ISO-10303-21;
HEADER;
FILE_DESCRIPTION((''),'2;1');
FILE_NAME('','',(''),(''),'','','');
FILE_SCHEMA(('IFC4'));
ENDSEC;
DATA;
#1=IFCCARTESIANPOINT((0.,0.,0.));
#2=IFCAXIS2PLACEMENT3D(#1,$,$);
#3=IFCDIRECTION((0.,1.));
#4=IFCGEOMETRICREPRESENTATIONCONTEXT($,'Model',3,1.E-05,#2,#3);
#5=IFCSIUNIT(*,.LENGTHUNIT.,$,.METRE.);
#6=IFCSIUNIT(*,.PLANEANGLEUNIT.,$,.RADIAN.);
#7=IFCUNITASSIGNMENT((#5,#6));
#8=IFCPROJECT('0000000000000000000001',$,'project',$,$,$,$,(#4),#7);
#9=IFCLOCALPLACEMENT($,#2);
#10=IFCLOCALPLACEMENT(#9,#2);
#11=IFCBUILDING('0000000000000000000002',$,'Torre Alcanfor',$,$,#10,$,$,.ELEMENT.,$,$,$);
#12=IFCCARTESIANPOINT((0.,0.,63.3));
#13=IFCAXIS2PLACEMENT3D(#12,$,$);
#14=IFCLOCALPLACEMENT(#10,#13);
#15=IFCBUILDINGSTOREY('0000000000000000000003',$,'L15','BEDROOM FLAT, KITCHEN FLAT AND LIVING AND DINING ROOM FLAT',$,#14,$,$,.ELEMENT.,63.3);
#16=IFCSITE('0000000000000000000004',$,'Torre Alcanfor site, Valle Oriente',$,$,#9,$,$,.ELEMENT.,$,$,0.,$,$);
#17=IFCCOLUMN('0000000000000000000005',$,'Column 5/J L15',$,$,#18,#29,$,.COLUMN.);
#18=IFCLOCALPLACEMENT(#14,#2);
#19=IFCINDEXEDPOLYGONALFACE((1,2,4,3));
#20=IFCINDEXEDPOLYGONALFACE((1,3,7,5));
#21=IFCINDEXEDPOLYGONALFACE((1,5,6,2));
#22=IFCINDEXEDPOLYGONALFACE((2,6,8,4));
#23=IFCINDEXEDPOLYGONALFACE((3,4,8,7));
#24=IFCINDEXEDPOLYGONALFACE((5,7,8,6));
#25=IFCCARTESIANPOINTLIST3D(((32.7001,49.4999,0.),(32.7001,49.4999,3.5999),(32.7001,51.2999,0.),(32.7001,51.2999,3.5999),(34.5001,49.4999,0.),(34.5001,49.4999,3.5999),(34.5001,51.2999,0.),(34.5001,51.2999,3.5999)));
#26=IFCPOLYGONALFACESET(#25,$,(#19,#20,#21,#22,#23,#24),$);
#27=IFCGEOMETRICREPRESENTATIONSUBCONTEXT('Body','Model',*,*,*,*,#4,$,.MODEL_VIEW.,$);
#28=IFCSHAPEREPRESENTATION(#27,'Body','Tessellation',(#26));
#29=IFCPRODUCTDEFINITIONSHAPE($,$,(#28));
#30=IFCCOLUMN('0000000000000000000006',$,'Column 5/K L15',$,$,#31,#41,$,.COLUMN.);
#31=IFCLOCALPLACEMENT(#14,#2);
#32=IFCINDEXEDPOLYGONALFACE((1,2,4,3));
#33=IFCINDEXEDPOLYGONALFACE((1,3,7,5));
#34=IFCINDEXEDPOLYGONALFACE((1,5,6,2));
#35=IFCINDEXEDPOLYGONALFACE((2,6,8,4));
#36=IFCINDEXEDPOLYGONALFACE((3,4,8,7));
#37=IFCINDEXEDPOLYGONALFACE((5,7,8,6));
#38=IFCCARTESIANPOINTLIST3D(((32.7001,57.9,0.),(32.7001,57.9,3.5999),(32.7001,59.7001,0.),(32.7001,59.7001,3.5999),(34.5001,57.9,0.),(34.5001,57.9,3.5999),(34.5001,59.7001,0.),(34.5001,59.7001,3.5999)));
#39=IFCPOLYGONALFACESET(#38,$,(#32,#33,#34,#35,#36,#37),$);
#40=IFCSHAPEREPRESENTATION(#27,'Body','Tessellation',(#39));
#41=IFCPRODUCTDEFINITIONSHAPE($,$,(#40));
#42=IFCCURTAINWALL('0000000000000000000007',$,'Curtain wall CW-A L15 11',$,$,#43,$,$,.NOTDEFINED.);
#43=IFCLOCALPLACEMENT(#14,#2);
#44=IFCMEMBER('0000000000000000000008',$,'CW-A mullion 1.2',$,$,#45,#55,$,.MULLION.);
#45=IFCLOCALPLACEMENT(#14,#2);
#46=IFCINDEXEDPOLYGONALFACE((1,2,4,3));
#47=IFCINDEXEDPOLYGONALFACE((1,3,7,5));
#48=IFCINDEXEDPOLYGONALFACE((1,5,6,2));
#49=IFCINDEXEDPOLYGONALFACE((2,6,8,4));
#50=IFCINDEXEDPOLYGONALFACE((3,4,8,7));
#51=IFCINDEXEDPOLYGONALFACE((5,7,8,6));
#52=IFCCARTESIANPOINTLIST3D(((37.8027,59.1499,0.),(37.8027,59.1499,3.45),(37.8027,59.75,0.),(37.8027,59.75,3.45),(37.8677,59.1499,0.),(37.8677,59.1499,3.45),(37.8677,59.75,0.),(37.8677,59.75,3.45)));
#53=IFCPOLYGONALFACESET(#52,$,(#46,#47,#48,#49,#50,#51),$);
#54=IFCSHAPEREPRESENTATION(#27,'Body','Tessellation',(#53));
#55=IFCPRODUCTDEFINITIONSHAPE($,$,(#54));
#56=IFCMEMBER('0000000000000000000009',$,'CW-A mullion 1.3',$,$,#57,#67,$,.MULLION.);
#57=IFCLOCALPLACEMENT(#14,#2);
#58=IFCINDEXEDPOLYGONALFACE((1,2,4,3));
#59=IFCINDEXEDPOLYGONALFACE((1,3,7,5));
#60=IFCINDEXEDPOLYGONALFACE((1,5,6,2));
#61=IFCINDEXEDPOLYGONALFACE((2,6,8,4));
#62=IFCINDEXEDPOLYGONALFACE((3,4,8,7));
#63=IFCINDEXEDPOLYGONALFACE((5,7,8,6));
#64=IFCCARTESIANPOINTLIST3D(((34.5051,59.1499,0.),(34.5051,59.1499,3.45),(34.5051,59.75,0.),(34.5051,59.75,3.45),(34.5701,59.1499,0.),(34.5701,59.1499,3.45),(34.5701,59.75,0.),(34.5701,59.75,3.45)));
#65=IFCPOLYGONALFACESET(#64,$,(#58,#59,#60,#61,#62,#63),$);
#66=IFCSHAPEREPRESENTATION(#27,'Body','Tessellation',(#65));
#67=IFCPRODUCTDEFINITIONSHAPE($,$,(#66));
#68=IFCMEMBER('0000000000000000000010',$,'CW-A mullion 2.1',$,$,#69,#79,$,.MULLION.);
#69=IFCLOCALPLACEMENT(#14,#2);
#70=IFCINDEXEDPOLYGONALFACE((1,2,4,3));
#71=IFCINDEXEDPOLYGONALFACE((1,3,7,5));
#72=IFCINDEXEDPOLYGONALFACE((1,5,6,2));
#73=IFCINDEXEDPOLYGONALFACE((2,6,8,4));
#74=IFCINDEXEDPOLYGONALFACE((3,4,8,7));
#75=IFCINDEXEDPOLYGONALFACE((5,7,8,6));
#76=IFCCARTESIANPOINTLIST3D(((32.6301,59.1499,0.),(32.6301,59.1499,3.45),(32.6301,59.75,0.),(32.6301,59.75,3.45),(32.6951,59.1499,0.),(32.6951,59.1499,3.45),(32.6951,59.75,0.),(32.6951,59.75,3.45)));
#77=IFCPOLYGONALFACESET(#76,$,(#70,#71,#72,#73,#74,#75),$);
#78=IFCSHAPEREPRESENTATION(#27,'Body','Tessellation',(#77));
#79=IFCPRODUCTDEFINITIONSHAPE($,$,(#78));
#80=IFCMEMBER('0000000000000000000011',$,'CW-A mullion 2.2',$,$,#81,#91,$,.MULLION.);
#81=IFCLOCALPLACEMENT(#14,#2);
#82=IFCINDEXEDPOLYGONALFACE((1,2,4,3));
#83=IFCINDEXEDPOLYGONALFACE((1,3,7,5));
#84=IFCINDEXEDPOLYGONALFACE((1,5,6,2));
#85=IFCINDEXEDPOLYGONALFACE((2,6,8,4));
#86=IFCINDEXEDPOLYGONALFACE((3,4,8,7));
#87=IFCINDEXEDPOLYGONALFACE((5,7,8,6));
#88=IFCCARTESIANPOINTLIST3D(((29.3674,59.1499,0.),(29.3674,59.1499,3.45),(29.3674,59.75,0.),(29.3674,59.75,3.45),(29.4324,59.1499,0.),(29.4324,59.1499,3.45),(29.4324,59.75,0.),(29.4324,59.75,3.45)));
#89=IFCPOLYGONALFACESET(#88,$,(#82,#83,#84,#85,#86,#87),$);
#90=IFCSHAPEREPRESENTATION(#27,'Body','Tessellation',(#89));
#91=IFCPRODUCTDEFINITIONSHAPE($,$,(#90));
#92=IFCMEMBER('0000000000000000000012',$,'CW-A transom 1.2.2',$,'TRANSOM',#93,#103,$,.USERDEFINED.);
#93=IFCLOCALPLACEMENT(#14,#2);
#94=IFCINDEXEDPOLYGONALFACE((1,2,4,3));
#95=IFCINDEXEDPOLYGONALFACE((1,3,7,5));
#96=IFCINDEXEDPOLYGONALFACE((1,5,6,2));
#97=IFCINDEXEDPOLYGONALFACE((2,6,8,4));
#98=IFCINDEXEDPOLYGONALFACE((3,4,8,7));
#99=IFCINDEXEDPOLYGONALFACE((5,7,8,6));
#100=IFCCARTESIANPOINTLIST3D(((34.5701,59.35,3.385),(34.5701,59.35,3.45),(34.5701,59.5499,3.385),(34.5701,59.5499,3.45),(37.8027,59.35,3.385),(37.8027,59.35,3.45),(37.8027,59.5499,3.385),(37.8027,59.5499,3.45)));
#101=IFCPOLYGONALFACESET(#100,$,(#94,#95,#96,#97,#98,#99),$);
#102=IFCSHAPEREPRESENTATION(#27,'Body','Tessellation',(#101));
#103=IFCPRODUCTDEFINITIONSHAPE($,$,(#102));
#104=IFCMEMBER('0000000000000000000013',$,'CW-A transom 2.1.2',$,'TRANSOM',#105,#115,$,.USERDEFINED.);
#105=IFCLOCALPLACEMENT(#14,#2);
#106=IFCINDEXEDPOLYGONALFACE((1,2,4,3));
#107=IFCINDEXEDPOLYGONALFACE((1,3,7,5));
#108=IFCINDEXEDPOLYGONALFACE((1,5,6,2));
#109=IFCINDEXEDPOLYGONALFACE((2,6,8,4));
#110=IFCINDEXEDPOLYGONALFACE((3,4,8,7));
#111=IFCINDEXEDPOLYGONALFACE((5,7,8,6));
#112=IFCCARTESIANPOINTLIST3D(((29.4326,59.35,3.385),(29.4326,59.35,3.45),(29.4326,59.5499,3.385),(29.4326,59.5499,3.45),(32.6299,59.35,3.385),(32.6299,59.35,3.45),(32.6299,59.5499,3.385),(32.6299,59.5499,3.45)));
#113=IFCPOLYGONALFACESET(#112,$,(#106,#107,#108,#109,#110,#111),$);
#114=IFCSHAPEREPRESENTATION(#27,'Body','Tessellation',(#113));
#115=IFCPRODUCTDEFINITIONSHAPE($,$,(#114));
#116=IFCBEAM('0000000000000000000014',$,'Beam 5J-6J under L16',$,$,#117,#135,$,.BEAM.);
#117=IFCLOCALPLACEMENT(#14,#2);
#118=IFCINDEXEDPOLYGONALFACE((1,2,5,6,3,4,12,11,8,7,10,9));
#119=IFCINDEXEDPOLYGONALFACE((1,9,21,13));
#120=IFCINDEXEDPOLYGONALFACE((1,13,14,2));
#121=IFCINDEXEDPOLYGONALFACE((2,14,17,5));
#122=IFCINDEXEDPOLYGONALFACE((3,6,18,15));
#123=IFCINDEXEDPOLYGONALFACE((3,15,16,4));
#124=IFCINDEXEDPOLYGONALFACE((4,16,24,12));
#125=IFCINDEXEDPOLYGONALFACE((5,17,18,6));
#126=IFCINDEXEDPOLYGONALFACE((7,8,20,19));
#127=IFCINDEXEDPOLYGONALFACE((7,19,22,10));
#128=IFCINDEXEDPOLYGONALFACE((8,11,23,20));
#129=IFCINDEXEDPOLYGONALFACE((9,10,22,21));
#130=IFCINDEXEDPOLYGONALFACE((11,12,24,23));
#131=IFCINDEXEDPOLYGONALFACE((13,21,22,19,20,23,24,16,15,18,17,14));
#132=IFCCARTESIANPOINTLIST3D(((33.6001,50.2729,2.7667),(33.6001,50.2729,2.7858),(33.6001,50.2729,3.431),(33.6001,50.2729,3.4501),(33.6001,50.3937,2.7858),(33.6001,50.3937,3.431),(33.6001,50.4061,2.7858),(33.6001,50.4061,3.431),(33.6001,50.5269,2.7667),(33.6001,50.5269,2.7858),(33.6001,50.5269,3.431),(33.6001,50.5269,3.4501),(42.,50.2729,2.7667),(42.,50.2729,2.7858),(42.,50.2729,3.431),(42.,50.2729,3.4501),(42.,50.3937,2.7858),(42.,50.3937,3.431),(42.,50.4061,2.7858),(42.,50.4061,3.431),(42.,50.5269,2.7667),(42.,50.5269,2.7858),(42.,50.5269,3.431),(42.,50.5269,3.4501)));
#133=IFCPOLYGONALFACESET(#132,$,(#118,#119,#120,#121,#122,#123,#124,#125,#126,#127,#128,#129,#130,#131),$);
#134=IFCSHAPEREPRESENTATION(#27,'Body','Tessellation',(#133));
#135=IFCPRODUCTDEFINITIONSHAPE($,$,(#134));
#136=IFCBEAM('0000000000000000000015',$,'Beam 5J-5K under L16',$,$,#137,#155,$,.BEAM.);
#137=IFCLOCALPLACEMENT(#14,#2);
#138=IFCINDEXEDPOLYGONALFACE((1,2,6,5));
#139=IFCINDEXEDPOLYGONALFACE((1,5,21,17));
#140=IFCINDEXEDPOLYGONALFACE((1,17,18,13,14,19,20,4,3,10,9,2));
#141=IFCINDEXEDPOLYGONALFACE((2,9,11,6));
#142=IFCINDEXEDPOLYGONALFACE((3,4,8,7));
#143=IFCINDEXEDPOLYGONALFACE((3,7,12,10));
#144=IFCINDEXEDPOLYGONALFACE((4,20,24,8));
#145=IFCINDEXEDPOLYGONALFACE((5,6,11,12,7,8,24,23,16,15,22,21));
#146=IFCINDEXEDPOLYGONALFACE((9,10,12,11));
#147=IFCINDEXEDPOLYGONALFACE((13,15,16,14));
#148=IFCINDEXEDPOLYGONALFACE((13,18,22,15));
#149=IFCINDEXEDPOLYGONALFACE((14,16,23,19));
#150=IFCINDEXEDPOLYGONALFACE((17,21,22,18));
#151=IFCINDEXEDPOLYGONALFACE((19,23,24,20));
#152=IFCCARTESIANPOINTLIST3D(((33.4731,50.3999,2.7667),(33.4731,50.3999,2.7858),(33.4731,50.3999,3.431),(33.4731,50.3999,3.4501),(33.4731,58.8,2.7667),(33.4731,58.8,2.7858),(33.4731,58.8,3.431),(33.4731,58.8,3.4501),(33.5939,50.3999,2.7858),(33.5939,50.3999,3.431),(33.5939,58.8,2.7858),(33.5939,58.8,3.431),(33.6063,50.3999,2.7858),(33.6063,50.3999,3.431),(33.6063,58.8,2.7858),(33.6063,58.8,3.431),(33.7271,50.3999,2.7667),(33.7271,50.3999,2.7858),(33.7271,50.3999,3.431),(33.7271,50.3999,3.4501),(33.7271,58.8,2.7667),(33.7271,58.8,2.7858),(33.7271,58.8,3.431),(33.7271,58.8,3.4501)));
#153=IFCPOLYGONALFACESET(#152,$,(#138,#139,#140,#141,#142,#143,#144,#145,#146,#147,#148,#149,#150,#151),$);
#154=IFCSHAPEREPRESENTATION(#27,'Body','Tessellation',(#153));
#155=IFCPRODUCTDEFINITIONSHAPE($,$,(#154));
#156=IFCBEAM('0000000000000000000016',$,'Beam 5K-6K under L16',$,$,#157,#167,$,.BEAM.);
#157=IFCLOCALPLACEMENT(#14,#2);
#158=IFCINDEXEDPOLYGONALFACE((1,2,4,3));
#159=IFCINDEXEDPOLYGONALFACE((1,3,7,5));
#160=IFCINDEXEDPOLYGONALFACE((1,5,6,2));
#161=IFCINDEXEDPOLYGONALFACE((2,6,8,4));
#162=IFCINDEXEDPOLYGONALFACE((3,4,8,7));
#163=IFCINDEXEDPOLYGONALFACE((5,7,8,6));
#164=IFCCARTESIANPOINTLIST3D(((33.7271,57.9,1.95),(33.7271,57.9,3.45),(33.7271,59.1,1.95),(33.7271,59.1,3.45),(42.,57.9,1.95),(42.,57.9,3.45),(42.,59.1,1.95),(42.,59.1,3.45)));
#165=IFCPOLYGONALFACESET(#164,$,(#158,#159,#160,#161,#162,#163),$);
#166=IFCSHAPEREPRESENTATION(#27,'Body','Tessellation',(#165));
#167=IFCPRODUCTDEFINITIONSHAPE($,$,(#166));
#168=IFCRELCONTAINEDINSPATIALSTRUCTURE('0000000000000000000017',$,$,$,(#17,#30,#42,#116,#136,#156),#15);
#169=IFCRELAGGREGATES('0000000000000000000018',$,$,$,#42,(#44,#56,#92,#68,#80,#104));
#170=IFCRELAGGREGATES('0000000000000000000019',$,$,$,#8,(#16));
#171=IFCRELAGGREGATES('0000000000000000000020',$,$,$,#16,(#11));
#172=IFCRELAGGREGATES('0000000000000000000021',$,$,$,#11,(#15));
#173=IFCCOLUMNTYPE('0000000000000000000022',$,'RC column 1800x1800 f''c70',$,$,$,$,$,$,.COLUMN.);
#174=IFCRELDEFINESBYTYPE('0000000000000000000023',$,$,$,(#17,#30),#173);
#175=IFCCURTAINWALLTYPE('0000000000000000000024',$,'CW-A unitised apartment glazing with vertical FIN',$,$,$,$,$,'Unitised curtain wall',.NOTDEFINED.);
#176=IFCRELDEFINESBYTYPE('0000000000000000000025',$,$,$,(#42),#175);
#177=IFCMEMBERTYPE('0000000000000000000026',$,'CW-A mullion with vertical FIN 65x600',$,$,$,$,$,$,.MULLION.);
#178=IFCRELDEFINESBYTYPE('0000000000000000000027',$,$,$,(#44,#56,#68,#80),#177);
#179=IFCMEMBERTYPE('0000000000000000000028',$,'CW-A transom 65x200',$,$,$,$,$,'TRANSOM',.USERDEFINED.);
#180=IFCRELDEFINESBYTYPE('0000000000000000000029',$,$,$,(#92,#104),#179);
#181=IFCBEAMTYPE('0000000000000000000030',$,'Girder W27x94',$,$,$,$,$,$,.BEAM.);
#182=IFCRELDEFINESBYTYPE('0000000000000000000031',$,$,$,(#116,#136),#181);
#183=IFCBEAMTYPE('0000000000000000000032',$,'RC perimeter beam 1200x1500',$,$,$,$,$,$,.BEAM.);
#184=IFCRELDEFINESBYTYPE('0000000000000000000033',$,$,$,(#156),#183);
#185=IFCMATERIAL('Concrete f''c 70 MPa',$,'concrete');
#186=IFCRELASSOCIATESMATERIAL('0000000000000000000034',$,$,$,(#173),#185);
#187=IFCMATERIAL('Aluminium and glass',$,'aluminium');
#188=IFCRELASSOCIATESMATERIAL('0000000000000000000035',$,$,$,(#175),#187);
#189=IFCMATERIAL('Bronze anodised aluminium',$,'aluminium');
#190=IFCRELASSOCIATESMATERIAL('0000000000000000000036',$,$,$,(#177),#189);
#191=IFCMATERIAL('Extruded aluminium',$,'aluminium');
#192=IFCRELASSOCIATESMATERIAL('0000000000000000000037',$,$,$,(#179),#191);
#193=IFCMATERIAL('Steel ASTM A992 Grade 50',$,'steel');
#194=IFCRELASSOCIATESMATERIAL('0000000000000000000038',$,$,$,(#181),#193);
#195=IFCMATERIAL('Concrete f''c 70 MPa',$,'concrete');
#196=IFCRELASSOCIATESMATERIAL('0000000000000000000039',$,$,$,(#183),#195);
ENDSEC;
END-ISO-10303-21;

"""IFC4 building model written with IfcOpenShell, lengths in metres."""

from ifc_helpers import new_model, si_unit, direction, frame, origin, origin_2d, place, context, subcontext, project, spatial, rectangle, i_section, extrude, material, material_profile, profile_set, type_object, element, aggregate, save


model = new_model("IFC4")

# Units and contexts
model_context = context("Model", 3, precision=1e-05, world=origin(), true_north=direction((0.0, 1.0)))
body_context = subcontext(model_context, "Body", "Model", "MODEL_VIEW")
ifc_project = project(units=[si_unit("LENGTHUNIT", "METRE"), si_unit("PLANEANGLEUNIT", "RADIAN")], contexts=[model_context])

# Site, building, storey
site_placement = place(None, origin())
site = spatial("IfcSite", under=ifc_project, at=site_placement, Name="Torre Alcanfor site, Valle Oriente", CompositionType="ELEMENT", RefElevation=0.0)
building_placement = place(site_placement, origin())
building = spatial("IfcBuilding", under=site, at=building_placement, Name="Torre Alcanfor", CompositionType="ELEMENT")
storey_placement = place(building_placement, frame((0.0, 0.0, 63.3)))
storey = spatial("IfcBuildingStorey", under=building, at=storey_placement, Name="L15", Description="BEDROOM FLAT, KITCHEN FLAT AND LIVING AND DINING ROOM FLAT", CompositionType="ELEMENT", Elevation=63.3)

# Columns
ifc_material_1 = material(Name="Concrete f'c 70 MPa", Category="concrete")
ifc_material_profile_1 = material_profile(ifc_material_1, rectangle(XDim=1.8, YDim=1.8, at=origin_2d()), Name="1800x1800")
ifc_profile_set_1 = profile_set([ifc_material_profile_1], Name="Concrete f'c 70 MPa")
column_type = type_object("IfcColumnType", Name="RC column 1800x1800 f'c70", PredefinedType="COLUMN", material=ifc_profile_set_1)
for number, where, z_axis, x_axis, name in (
    (1, (33.6001, 50.3999, 0.0), (0.0, 0.0, 1.0), (1.0, 0.0, 0.0), "Column 5/J L15"),
    (2, (33.6001, 58.8, 0.0), (0.0, 0.0, 1.0), (1.0, 0.0, 0.0), "Column 5/K L15"),
):
    element("IfcColumn", number, at=place(storey_placement, frame(where, z_axis=z_axis, x_axis=x_axis)), inside=storey, type_object=column_type, Name=name, PredefinedType="COLUMN", context=body_context, shape_type="SweptSolid", body=[
        extrude(rectangle(XDim=1.8, YDim=1.8, at=origin_2d()), origin(), (0.0, 0.0, 1.0), 3.5999),
    ])

# Curtain wall, members
ifc_material_2 = material(Name="Aluminium and glass", Category="aluminium")
curtain_wall_type = type_object("IfcCurtainWallType", Name="CW-A unitised apartment glazing with vertical FIN", ElementType="Unitised curtain wall", PredefinedType="NOTDEFINED", material=ifc_material_2)
curtain_wall_placement = place(storey_placement, origin())
curtain_wall = element("IfcCurtainWall", 3, at=curtain_wall_placement, inside=storey, type_object=curtain_wall_type, Name="Curtain wall CW-A L15 11", PredefinedType="NOTDEFINED")
ifc_material_3 = material(Name="Bronze anodised aluminium", Category="aluminium")
ifc_material_profile_2 = material_profile(ifc_material_3, rectangle(XDim=0.6001, YDim=0.0649, at=origin_2d()), Name="CW-A mullion 65x600")
ifc_profile_set_2 = profile_set([ifc_material_profile_2], Name="Bronze anodised aluminium")
member_type_1 = type_object("IfcMemberType", Name="CW-A mullion with vertical FIN 65x600", PredefinedType="MULLION", material=ifc_profile_set_2)
member_1_placement = place(storey_placement, frame((37.8352, 59.45, 0.0), z_axis=(0.0, 0.0, 1.0), x_axis=(0.0, -1.0, 0.0)))
member_1 = element("IfcMember", 4, at=member_1_placement, type_object=member_type_1, Name="CW-A mullion 1.2", PredefinedType="MULLION", context=body_context, shape_type="SweptSolid", body=[
    extrude(rectangle(XDim=0.6001, YDim=0.0649, at=origin_2d()), origin(), (0.0, 0.0, 1.0), 3.45),
])
member_2_placement = place(storey_placement, frame((34.5376, 59.45, 0.0), z_axis=(0.0, 0.0, 1.0), x_axis=(0.0, -1.0, 0.0)))
member_2 = element("IfcMember", 5, at=member_2_placement, type_object=member_type_1, Name="CW-A mullion 1.3", PredefinedType="MULLION", context=body_context, shape_type="SweptSolid", body=[
    extrude(rectangle(XDim=0.6001, YDim=0.0649, at=origin_2d()), origin(), (0.0, 0.0, 1.0), 3.45),
])
member_3_placement = place(storey_placement, frame((32.6626, 59.45, 0.0), z_axis=(0.0, 0.0, 1.0), x_axis=(0.0, -1.0, 0.0)))
member_3 = element("IfcMember", 6, at=member_3_placement, type_object=member_type_1, Name="CW-A mullion 2.1", PredefinedType="MULLION", context=body_context, shape_type="SweptSolid", body=[
    extrude(rectangle(XDim=0.6001, YDim=0.0649, at=origin_2d()), origin(), (0.0, 0.0, 1.0), 3.45),
])
member_4_placement = place(storey_placement, frame((29.3999, 59.45, 0.0), z_axis=(0.0, 0.0, 1.0), x_axis=(0.0, -1.0, 0.0)))
member_4 = element("IfcMember", 7, at=member_4_placement, type_object=member_type_1, Name="CW-A mullion 2.2", PredefinedType="MULLION", context=body_context, shape_type="SweptSolid", body=[
    extrude(rectangle(XDim=0.6001, YDim=0.0649, at=origin_2d()), origin(), (0.0, 0.0, 1.0), 3.45),
])
ifc_material_4 = material(Name="Extruded aluminium", Category="aluminium")
ifc_material_profile_3 = material_profile(ifc_material_4, rectangle(XDim=0.2, YDim=0.0649, at=origin_2d()), Name="CW-A transom 200x65")
ifc_profile_set_3 = profile_set([ifc_material_profile_3], Name="Extruded aluminium")
member_type_2 = type_object("IfcMemberType", Name="CW-A transom 65x200", ElementType="TRANSOM", PredefinedType="USERDEFINED", material=ifc_profile_set_3)
member_5_placement = place(storey_placement, frame((37.8027, 59.45, 3.4175), z_axis=(-1.0, 0.0, 0.0), x_axis=(0.0, -1.0, 0.0)))
member_5 = element("IfcMember", 8, at=member_5_placement, type_object=member_type_2, Name="CW-A transom 1.2.2", ObjectType="TRANSOM", PredefinedType="USERDEFINED", context=body_context, shape_type="SweptSolid", body=[
    extrude(rectangle(XDim=0.2, YDim=0.0649, at=origin_2d()), origin(), (0.0, 0.0, 1.0), 3.2327),
])
member_6_placement = place(storey_placement, frame((32.6299, 59.45, 3.4175), z_axis=(-1.0, 0.0, 0.0), x_axis=(0.0, -1.0, 0.0)))
member_6 = element("IfcMember", 9, at=member_6_placement, type_object=member_type_2, Name="CW-A transom 2.1.2", ObjectType="TRANSOM", PredefinedType="USERDEFINED", context=body_context, shape_type="SweptSolid", body=[
    extrude(rectangle(XDim=0.2, YDim=0.0649, at=origin_2d()), origin(), (0.0, 0.0, 1.0), 3.1973),
])

# Beams
ifc_material_5 = material(Name="Steel ASTM A992 Grade 50", Category="steel")
ifc_material_profile_4 = material_profile(ifc_material_5, i_section(OverallWidth=0.2539, OverallDepth=0.6833, WebThickness=0.0125, FlangeThickness=0.019, at=origin_2d()), Name="W27x94")
ifc_profile_set_4 = profile_set([ifc_material_profile_4], Name="Steel ASTM A992 Grade 50")
beam_type_1 = type_object("IfcBeamType", Name="Girder W27x94", PredefinedType="BEAM", material=ifc_profile_set_4)
beam_1_placement = place(storey_placement, frame((33.6001, 50.3999, 3.1084), z_axis=(1.0, 0.0, 0.0), x_axis=(0.0, 1.0, 0.0)))
element("IfcBeam", 10, at=beam_1_placement, inside=storey, type_object=beam_type_1, Name="Beam 5J-6J under L16", PredefinedType="BEAM", context=body_context, shape_type="SweptSolid", body=[
    extrude(i_section(OverallWidth=0.2539, OverallDepth=0.6833, WebThickness=0.0125, FlangeThickness=0.019, at=origin_2d()), origin(), (0.0, 0.0, 1.0), 8.3999),
])
beam_2_placement = place(storey_placement, frame((33.6001, 50.3999, 3.1084), z_axis=(0.0, 1.0, 0.0), x_axis=(-1.0, 0.0, 0.0)))
element("IfcBeam", 11, at=beam_2_placement, inside=storey, type_object=beam_type_1, Name="Beam 5J-5K under L16", PredefinedType="BEAM", context=body_context, shape_type="SweptSolid", body=[
    extrude(i_section(OverallWidth=0.2539, OverallDepth=0.6833, WebThickness=0.0125, FlangeThickness=0.019, at=origin_2d()), origin(), (0.0, 0.0, 1.0), 8.4001),
])
ifc_material_6 = material(Name="Concrete f'c 70 MPa", Category="concrete")
ifc_material_profile_5 = material_profile(ifc_material_6, rectangle(XDim=1.2, YDim=1.5, at=origin_2d()), Name="1200x1500")
ifc_profile_set_5 = profile_set([ifc_material_profile_5], Name="Concrete f'c 70 MPa")
beam_type_2 = type_object("IfcBeamType", Name="RC perimeter beam 1200x1500", PredefinedType="BEAM", material=ifc_profile_set_5)
beam_3_placement = place(storey_placement, frame((33.7271, 58.5, 2.7), z_axis=(1.0, 0.0, 0.0), x_axis=(0.0, 1.0, 0.0)))
element("IfcBeam", 12, at=beam_3_placement, inside=storey, type_object=beam_type_2, Name="Beam 5K-6K under L16", PredefinedType="BEAM", context=body_context, shape_type="SweptSolid", body=[
    extrude(rectangle(XDim=1.2, YDim=1.5, at=origin_2d()), origin(), (0.0, 0.0, 1.0), 8.2729),
])

aggregate(curtain_wall, [member_1, member_2, member_5, member_3, member_4, member_6])

save(model, "model.ifc")
